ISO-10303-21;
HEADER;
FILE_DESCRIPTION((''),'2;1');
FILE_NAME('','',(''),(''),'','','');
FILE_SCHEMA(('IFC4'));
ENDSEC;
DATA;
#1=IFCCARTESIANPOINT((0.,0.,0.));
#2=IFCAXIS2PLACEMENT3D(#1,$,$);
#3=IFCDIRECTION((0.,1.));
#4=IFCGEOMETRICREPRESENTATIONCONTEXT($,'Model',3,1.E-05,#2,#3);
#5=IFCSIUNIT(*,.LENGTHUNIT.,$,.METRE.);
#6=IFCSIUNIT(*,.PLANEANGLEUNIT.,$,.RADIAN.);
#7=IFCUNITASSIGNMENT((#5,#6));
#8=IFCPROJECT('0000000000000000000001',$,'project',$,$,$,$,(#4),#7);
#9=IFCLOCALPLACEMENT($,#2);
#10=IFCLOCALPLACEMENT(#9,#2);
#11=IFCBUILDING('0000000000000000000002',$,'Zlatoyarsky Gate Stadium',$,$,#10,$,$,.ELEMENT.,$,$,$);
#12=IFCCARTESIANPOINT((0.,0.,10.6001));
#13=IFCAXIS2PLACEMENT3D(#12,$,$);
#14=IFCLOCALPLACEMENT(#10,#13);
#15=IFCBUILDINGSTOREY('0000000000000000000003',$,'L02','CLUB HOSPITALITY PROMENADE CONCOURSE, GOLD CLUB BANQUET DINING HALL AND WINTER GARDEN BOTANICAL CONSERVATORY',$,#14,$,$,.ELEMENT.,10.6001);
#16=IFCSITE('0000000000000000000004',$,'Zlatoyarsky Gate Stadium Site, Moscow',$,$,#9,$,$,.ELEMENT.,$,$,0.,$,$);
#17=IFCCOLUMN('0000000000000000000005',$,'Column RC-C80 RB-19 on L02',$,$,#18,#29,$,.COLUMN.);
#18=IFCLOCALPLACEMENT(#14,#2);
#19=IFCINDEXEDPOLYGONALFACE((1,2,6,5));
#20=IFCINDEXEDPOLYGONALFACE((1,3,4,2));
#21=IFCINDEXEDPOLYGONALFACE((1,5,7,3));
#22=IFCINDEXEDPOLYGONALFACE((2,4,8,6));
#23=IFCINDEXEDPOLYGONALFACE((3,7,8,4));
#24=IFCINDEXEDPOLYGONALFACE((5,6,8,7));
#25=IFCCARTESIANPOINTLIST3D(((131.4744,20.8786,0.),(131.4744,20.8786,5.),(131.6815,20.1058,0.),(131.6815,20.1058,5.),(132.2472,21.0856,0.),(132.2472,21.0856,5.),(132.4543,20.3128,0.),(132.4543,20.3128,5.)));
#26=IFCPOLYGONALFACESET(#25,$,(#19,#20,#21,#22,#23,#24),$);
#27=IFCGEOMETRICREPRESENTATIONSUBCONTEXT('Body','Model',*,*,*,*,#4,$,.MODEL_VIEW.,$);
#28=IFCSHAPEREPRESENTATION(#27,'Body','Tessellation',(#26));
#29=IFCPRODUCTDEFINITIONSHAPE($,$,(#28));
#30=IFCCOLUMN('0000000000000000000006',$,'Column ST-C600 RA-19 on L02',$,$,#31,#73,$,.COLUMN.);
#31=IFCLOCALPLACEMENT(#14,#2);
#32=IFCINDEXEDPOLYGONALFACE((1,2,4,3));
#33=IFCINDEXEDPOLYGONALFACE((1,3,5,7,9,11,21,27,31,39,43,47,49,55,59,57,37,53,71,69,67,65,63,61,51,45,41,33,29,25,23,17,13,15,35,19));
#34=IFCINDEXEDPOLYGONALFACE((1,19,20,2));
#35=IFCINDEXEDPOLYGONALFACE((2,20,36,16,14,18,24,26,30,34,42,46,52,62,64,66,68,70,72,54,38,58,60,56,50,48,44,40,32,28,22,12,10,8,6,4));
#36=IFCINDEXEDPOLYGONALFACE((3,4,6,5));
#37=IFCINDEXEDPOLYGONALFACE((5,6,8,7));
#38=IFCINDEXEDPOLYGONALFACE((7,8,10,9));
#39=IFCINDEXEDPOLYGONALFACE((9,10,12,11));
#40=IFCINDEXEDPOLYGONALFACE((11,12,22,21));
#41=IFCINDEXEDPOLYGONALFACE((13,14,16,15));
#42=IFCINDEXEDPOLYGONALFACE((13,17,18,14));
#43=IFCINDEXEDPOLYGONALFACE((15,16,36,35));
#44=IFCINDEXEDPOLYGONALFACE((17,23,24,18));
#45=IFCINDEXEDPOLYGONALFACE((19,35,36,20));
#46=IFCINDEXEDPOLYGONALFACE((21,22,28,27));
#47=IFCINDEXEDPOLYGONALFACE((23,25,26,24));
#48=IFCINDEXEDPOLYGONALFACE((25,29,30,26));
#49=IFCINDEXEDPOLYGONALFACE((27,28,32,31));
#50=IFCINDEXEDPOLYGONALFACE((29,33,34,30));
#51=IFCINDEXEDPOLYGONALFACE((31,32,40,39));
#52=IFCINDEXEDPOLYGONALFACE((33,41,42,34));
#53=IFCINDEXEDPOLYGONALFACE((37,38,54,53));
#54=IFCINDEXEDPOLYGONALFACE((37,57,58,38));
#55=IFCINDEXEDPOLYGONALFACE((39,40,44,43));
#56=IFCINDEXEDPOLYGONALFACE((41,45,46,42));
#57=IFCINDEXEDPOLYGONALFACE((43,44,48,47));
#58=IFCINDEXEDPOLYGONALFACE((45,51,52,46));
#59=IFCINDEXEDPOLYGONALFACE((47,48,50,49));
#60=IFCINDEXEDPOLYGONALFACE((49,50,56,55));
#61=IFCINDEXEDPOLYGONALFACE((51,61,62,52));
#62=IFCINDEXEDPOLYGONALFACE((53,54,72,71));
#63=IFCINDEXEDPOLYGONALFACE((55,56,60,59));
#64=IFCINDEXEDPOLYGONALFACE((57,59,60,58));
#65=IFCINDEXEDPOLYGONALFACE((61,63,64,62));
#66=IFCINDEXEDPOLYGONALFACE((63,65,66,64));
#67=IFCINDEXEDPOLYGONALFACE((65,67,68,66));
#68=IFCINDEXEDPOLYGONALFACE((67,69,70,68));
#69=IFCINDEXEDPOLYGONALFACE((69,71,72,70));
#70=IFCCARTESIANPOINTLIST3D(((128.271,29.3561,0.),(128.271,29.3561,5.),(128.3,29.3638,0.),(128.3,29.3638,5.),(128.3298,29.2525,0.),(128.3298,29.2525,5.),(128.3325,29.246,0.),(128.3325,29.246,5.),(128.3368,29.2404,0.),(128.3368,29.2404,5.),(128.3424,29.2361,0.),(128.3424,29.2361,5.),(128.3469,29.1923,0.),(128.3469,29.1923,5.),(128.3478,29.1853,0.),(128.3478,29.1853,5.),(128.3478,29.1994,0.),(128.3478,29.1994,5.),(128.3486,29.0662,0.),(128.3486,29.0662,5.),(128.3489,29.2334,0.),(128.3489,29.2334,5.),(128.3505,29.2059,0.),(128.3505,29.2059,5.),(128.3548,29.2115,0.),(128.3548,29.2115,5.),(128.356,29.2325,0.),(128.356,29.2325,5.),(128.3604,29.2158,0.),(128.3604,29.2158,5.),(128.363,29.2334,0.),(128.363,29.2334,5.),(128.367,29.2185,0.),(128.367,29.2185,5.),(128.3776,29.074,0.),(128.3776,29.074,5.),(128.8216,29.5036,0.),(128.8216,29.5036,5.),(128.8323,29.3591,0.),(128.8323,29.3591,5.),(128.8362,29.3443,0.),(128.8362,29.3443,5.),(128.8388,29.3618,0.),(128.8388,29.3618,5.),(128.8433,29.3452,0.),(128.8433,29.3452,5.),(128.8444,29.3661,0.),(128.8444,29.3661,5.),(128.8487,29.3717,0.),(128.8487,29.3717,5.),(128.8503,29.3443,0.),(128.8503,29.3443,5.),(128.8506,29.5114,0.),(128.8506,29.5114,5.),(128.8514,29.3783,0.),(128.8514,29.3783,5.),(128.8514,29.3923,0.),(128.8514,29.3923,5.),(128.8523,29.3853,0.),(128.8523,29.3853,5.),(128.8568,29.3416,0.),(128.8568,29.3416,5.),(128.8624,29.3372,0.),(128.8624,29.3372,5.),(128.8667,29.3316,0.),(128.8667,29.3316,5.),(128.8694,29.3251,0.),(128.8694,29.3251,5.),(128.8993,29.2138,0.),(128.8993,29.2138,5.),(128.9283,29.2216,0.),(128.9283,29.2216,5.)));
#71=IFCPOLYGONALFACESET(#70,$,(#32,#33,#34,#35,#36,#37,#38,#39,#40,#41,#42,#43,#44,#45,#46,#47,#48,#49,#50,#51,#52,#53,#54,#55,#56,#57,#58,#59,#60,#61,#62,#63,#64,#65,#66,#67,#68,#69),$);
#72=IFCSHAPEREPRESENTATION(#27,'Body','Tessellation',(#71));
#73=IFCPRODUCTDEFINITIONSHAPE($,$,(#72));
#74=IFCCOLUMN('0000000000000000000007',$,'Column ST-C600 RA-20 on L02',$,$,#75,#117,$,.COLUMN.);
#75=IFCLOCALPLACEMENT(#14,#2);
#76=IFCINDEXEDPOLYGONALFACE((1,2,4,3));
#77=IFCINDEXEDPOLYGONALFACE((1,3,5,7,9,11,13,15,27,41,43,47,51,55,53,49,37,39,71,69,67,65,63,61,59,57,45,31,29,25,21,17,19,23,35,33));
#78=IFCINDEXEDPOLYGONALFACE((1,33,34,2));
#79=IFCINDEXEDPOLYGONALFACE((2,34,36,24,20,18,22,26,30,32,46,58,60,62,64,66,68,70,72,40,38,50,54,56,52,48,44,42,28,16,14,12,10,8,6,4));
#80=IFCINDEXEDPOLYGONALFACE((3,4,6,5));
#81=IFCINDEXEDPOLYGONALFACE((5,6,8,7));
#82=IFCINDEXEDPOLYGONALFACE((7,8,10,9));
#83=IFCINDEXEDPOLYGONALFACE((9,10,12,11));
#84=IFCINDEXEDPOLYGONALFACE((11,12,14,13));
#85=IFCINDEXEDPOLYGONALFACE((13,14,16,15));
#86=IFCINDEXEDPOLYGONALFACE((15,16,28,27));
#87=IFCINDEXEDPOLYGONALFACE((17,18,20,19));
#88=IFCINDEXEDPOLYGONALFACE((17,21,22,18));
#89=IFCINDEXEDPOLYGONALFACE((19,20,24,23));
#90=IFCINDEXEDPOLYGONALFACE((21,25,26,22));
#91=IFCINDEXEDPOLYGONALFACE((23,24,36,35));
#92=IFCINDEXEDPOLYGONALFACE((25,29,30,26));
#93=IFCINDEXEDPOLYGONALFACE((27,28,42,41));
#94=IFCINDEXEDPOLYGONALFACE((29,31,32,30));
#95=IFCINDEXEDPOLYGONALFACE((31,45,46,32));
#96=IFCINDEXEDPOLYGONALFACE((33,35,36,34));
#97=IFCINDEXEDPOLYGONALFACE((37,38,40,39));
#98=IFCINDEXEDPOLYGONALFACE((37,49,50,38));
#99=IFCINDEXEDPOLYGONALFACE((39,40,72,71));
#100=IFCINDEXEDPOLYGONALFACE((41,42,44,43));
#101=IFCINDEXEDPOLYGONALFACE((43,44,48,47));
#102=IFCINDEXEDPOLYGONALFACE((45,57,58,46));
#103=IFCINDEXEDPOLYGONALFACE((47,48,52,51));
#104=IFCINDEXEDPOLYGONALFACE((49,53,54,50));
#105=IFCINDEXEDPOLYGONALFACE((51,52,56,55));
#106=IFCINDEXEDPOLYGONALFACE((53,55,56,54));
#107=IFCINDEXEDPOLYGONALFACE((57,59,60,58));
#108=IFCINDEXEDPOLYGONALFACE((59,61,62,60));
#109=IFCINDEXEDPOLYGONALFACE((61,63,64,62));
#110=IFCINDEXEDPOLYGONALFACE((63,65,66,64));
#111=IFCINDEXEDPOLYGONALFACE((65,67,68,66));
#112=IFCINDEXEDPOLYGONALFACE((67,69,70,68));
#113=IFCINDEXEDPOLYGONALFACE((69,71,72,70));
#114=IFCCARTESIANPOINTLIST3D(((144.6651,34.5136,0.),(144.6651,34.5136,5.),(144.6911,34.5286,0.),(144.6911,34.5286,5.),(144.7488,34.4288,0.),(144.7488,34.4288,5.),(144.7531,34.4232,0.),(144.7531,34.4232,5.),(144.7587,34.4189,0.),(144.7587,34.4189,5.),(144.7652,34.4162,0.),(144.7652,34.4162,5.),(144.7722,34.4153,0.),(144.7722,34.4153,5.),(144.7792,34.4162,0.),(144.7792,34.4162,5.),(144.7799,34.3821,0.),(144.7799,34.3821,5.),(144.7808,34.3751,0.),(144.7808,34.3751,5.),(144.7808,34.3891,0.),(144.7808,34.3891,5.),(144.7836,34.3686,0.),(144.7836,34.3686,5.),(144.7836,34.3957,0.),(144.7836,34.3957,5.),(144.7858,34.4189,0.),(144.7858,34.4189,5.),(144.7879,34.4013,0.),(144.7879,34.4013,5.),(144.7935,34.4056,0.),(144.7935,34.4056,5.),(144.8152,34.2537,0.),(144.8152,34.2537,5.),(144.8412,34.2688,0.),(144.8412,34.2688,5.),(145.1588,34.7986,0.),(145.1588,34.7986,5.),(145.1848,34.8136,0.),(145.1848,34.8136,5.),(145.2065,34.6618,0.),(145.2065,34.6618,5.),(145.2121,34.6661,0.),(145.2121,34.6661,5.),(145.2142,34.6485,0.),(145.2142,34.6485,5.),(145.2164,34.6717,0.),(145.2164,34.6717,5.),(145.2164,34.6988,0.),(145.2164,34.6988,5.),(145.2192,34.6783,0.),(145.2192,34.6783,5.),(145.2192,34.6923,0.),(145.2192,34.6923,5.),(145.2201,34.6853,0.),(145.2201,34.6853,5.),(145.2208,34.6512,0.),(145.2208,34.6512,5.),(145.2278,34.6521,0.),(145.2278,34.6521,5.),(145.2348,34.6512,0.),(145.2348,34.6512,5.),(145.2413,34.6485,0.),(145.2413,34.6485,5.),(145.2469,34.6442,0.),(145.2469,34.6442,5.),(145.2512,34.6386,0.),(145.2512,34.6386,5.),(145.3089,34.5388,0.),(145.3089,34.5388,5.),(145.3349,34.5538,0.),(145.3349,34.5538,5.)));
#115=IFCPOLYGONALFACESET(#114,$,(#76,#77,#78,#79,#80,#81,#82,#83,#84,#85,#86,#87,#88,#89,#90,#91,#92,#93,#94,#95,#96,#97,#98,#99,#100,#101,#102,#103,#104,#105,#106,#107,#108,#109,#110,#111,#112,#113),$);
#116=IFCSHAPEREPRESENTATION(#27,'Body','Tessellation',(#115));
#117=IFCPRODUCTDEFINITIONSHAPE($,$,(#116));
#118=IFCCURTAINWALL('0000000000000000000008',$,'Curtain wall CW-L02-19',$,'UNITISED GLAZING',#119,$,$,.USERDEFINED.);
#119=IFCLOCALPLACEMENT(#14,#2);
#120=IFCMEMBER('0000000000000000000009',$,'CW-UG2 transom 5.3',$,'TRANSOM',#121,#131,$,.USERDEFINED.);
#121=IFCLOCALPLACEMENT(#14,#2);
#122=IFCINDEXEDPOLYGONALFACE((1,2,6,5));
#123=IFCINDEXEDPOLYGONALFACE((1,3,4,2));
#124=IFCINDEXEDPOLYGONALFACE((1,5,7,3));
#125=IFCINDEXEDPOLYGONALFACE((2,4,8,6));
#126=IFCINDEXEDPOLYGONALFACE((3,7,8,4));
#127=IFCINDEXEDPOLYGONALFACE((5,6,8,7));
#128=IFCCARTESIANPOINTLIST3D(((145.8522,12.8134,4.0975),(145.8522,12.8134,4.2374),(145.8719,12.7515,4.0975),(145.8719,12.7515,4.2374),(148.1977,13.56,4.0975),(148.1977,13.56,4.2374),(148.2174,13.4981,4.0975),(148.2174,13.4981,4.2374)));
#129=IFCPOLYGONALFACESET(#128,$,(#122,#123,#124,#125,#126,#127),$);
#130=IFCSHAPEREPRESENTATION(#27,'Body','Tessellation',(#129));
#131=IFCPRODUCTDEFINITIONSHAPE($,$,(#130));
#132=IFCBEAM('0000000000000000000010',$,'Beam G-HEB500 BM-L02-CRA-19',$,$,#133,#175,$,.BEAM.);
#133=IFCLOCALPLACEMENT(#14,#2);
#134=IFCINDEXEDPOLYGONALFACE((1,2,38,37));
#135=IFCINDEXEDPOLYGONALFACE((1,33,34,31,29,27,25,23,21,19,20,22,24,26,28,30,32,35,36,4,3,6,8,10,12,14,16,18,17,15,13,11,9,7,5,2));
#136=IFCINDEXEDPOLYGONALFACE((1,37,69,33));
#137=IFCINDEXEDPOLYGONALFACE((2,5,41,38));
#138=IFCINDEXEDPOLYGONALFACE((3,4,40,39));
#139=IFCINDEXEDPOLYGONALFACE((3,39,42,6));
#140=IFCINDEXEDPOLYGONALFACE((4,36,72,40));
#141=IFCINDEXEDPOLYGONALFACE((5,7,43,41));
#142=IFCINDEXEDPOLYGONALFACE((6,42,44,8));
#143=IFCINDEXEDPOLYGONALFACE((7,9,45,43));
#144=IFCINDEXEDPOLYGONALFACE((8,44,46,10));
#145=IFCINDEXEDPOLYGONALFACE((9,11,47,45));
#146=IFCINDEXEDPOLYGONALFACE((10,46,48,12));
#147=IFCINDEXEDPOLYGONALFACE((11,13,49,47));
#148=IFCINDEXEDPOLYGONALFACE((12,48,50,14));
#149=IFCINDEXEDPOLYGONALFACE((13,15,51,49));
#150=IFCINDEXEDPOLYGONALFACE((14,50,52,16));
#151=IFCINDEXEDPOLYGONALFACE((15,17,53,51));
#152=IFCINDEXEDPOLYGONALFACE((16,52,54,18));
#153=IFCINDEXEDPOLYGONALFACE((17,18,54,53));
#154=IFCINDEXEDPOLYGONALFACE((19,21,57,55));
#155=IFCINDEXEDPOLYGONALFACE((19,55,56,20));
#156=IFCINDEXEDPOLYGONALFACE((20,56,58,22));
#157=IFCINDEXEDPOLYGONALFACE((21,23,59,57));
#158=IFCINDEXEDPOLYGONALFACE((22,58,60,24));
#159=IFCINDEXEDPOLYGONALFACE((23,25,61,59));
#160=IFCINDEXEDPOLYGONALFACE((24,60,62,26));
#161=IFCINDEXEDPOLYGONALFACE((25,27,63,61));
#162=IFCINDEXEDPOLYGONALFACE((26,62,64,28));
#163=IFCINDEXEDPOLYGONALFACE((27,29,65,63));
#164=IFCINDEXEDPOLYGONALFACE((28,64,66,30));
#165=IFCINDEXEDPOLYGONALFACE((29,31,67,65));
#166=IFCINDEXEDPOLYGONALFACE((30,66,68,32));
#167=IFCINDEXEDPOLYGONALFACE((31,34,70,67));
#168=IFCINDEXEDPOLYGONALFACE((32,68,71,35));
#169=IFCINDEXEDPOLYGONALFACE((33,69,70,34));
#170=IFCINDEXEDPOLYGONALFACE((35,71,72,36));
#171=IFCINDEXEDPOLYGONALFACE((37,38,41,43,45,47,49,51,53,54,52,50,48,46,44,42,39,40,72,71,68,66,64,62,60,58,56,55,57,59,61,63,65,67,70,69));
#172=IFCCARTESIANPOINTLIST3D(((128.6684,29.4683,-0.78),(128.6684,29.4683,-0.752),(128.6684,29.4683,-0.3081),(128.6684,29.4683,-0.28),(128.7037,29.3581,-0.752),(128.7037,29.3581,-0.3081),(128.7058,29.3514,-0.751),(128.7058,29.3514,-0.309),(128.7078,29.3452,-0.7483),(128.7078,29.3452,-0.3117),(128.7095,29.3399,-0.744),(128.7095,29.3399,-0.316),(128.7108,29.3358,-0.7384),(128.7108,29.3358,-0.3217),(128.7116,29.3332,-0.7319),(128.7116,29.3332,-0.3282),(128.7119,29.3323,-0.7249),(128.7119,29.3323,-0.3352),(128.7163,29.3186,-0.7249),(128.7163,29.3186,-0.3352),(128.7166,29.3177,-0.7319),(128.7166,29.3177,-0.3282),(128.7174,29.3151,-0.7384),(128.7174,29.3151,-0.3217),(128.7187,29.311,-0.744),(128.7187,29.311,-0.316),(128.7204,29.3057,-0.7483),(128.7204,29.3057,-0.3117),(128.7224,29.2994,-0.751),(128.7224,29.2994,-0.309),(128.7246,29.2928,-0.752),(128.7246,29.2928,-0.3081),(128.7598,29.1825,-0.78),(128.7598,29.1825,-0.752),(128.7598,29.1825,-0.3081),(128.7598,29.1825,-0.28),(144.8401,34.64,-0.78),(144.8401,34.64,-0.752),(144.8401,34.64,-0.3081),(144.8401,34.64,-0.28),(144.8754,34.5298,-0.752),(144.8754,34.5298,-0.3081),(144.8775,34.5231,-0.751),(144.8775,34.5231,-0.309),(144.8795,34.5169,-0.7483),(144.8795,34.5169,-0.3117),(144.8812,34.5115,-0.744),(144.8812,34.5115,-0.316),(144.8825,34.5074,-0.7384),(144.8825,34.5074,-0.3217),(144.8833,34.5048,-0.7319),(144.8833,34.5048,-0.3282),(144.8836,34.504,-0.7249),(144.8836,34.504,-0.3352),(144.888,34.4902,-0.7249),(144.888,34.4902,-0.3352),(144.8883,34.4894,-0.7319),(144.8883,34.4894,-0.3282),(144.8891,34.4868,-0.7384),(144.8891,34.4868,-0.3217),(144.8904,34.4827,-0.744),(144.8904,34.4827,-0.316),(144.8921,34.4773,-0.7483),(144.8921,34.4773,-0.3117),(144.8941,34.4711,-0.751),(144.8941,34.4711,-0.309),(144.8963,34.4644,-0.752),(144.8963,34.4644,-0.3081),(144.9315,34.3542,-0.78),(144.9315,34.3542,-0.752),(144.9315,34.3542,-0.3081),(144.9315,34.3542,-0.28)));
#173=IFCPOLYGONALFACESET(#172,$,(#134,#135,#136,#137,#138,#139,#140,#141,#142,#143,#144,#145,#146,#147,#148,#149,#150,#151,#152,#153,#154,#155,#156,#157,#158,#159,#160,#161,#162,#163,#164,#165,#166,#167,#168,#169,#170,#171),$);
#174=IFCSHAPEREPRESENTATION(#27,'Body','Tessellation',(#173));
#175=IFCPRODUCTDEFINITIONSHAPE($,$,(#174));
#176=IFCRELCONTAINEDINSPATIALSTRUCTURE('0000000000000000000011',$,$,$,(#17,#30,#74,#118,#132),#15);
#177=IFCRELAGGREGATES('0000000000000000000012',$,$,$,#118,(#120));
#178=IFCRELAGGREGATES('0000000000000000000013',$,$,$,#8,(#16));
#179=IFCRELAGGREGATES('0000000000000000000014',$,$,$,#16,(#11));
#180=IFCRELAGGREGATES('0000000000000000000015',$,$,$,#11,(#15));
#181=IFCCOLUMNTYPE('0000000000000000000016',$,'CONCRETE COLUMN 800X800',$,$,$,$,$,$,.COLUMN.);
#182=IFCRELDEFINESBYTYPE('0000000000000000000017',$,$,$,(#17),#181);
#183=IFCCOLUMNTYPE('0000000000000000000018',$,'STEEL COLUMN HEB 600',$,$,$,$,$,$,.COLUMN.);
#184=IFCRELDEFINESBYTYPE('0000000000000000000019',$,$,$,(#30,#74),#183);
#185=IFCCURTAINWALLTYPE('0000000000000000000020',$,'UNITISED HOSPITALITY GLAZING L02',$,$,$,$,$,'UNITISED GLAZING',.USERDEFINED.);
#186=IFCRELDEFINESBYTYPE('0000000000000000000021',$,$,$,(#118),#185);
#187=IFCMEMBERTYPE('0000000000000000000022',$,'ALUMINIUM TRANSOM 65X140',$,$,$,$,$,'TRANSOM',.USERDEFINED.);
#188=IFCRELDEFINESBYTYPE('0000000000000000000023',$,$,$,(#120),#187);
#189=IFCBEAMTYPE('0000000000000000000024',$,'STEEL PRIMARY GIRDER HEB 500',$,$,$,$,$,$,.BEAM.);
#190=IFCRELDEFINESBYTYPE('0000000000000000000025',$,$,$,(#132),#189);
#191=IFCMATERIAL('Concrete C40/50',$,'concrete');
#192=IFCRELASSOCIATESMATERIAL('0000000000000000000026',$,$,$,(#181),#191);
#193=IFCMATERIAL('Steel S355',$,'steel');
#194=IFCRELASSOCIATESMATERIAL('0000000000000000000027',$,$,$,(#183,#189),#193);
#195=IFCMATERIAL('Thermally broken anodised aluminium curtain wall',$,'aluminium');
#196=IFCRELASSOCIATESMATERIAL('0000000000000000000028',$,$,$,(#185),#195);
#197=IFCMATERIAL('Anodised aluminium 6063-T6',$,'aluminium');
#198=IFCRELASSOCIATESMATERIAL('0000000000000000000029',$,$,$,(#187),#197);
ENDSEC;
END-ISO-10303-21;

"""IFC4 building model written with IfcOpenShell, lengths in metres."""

from ifc_helpers import new_model, si_unit, direction, frame, origin, origin_2d, place, context, subcontext, project, spatial, rectangle, i_section, extrude, material, material_profile, profile_set, type_object, element, aggregate, save


model = new_model("IFC4")

# Units and contexts
model_context = context("Model", 3, precision=1e-05, world=origin(), true_north=direction((0.0, 1.0)))
body_context = subcontext(model_context, "Body", "Model", "MODEL_VIEW")
ifc_project = project(units=[si_unit("LENGTHUNIT", "METRE"), si_unit("PLANEANGLEUNIT", "RADIAN")], contexts=[model_context])

# Site, building, storey
site_placement = place(None, origin())
site = spatial("IfcSite", under=ifc_project, at=site_placement, Name="Zlatoyarsky Gate Stadium Site, Moscow", CompositionType="ELEMENT", RefElevation=0.0)
building_placement = place(site_placement, origin())
building = spatial("IfcBuilding", under=site, at=building_placement, Name="Zlatoyarsky Gate Stadium", CompositionType="ELEMENT")
storey_placement = place(building_placement, frame((0.0, 0.0, 10.6001)))
storey = spatial("IfcBuildingStorey", under=building, at=storey_placement, Name="L02", Description="CLUB HOSPITALITY PROMENADE CONCOURSE, GOLD CLUB BANQUET DINING HALL AND WINTER GARDEN BOTANICAL CONSERVATORY", CompositionType="ELEMENT", Elevation=10.6001)

# Columns
ifc_material_1 = material(Name="Concrete C40/50", Category="concrete")
ifc_material_profile_1 = material_profile(ifc_material_1, rectangle(XDim=0.8, YDim=0.8, at=origin_2d()), Name="RC COL 800X800")
ifc_profile_set_1 = profile_set([ifc_material_profile_1], Name="Concrete C40/50")
column_type_1 = type_object("IfcColumnType", Name="CONCRETE COLUMN 800X800", PredefinedType="COLUMN", material=ifc_profile_set_1)
column_placement = place(storey_placement, frame((131.9644, 20.5957, 0.0), z_axis=(0.0, 0.0, 1.0), x_axis=(0.258819, -0.965926, 0.0)))
element("IfcColumn", 1, at=column_placement, inside=storey, type_object=column_type_1, Name="Column RC-C80 RB-19 on L02", PredefinedType="COLUMN", context=body_context, shape_type="SweptSolid", body=[
    extrude(rectangle(XDim=0.8, YDim=0.8, at=origin_2d()), origin(), (0.0, 0.0, 1.0), 5.0),
])
ifc_material_2 = material(Name="Steel S355", Category="steel")
ifc_material_profile_2 = material_profile(ifc_material_2, i_section(OverallWidth=0.3, OverallDepth=0.6001, WebThickness=0.0154, FlangeThickness=0.03, FilletRadius=0.0271, at=origin_2d()), Name="HEB 600")
ifc_profile_set_2 = profile_set([ifc_material_profile_2], Name="Steel S355")
column_type_2 = type_object("IfcColumnType", Name="STEEL COLUMN HEB 600", PredefinedType="COLUMN", material=ifc_profile_set_2)
for number, where, z_axis, x_axis, name in (
    (2, (128.5996, 29.2888, 0.0), (0.0, 0.0, 1.0), (0.258819, -0.965926, 0.0), "Column ST-C600 RA-19 on L02"),
    (3, (145.0, 34.5337, 0.0), (0.0, 0.0, 1.0), (0.5, -0.866025, 0.0), "Column ST-C600 RA-20 on L02"),
):
    element("IfcColumn", number, at=place(storey_placement, frame(where, z_axis=z_axis, x_axis=x_axis)), inside=storey, type_object=column_type_2, Name=name, PredefinedType="COLUMN", context=body_context, shape_type="SweptSolid", body=[
        extrude(i_section(OverallWidth=0.3, OverallDepth=0.6001, WebThickness=0.0154, FlangeThickness=0.03, FilletRadius=0.0271, at=origin_2d()), origin(), (0.0, 0.0, 1.0), 5.0),
    ])

# Curtain wall, member
ifc_material_3 = material(Name="Thermally broken anodised aluminium curtain wall", Category="aluminium")
curtain_wall_type = type_object("IfcCurtainWallType", Name="UNITISED HOSPITALITY GLAZING L02", ElementType="UNITISED GLAZING", PredefinedType="USERDEFINED", material=ifc_material_3)
curtain_wall_placement = place(storey_placement, origin())
curtain_wall = element("IfcCurtainWall", 4, at=curtain_wall_placement, inside=storey, type_object=curtain_wall_type, Name="Curtain wall CW-L02-19", ObjectType="UNITISED GLAZING", PredefinedType="USERDEFINED")
ifc_material_4 = material(Name="Anodised aluminium 6063-T6", Category="aluminium")
ifc_material_profile_3 = material_profile(ifc_material_4, rectangle(XDim=0.0649, YDim=0.1399, at=origin_2d()), Name="ALU 65X140")
ifc_profile_set_3 = profile_set([ifc_material_profile_3], Name="Anodised aluminium 6063-T6")
member_type = type_object("IfcMemberType", Name="ALUMINIUM TRANSOM 65X140", ElementType="TRANSOM", PredefinedType="USERDEFINED", material=ifc_profile_set_3)
member_placement = place(storey_placement, frame((145.8621, 12.7825, 4.1675), z_axis=(0.952891, 0.303314, 0.0), x_axis=(-0.303314, 0.952891, 0.0)))
member = element("IfcMember", 5, at=member_placement, type_object=member_type, Name="CW-UG2 transom 5.3", ObjectType="TRANSOM", PredefinedType="USERDEFINED", context=body_context, shape_type="SweptSolid", body=[
    extrude(rectangle(XDim=0.0649, YDim=0.1399, at=origin_2d()), origin(), (0.0, 0.0, 1.0), 2.4614),
])
aggregate(curtain_wall, [member])

# Beam
ifc_material_profile_4 = material_profile(ifc_material_2, i_section(OverallWidth=0.3, OverallDepth=0.5, WebThickness=0.0144, FlangeThickness=0.0281, FilletRadius=0.0271, at=origin_2d()), Name="HEB 500")
ifc_profile_set_4 = profile_set([ifc_material_profile_4], Name="Steel S355")
beam_type_1 = type_object("IfcBeamType", Name="STEEL PRIMARY GIRDER HEB 500", PredefinedType="BEAM", material=ifc_profile_set_4)
beam_1_placement = place(storey_placement, frame((128.7141, 29.3254, -0.53), z_axis=(0.95248, 0.3046, 0.0), x_axis=(-0.3046, 0.95248, 0.0)))
element("IfcBeam", 6, at=beam_1_placement, inside=storey, type_object=beam_type_1, Name="Beam G-HEB500 BM-L02-CRA-19", PredefinedType="BEAM", context=body_context, shape_type="SweptSolid", body=[
    extrude(i_section(OverallWidth=0.3, OverallDepth=0.5, WebThickness=0.0144, FlangeThickness=0.0281, FilletRadius=0.0271, at=origin_2d()), origin(), (0.0, 0.0, 1.0), 16.9785),
])

save(model, "model.ifc")
